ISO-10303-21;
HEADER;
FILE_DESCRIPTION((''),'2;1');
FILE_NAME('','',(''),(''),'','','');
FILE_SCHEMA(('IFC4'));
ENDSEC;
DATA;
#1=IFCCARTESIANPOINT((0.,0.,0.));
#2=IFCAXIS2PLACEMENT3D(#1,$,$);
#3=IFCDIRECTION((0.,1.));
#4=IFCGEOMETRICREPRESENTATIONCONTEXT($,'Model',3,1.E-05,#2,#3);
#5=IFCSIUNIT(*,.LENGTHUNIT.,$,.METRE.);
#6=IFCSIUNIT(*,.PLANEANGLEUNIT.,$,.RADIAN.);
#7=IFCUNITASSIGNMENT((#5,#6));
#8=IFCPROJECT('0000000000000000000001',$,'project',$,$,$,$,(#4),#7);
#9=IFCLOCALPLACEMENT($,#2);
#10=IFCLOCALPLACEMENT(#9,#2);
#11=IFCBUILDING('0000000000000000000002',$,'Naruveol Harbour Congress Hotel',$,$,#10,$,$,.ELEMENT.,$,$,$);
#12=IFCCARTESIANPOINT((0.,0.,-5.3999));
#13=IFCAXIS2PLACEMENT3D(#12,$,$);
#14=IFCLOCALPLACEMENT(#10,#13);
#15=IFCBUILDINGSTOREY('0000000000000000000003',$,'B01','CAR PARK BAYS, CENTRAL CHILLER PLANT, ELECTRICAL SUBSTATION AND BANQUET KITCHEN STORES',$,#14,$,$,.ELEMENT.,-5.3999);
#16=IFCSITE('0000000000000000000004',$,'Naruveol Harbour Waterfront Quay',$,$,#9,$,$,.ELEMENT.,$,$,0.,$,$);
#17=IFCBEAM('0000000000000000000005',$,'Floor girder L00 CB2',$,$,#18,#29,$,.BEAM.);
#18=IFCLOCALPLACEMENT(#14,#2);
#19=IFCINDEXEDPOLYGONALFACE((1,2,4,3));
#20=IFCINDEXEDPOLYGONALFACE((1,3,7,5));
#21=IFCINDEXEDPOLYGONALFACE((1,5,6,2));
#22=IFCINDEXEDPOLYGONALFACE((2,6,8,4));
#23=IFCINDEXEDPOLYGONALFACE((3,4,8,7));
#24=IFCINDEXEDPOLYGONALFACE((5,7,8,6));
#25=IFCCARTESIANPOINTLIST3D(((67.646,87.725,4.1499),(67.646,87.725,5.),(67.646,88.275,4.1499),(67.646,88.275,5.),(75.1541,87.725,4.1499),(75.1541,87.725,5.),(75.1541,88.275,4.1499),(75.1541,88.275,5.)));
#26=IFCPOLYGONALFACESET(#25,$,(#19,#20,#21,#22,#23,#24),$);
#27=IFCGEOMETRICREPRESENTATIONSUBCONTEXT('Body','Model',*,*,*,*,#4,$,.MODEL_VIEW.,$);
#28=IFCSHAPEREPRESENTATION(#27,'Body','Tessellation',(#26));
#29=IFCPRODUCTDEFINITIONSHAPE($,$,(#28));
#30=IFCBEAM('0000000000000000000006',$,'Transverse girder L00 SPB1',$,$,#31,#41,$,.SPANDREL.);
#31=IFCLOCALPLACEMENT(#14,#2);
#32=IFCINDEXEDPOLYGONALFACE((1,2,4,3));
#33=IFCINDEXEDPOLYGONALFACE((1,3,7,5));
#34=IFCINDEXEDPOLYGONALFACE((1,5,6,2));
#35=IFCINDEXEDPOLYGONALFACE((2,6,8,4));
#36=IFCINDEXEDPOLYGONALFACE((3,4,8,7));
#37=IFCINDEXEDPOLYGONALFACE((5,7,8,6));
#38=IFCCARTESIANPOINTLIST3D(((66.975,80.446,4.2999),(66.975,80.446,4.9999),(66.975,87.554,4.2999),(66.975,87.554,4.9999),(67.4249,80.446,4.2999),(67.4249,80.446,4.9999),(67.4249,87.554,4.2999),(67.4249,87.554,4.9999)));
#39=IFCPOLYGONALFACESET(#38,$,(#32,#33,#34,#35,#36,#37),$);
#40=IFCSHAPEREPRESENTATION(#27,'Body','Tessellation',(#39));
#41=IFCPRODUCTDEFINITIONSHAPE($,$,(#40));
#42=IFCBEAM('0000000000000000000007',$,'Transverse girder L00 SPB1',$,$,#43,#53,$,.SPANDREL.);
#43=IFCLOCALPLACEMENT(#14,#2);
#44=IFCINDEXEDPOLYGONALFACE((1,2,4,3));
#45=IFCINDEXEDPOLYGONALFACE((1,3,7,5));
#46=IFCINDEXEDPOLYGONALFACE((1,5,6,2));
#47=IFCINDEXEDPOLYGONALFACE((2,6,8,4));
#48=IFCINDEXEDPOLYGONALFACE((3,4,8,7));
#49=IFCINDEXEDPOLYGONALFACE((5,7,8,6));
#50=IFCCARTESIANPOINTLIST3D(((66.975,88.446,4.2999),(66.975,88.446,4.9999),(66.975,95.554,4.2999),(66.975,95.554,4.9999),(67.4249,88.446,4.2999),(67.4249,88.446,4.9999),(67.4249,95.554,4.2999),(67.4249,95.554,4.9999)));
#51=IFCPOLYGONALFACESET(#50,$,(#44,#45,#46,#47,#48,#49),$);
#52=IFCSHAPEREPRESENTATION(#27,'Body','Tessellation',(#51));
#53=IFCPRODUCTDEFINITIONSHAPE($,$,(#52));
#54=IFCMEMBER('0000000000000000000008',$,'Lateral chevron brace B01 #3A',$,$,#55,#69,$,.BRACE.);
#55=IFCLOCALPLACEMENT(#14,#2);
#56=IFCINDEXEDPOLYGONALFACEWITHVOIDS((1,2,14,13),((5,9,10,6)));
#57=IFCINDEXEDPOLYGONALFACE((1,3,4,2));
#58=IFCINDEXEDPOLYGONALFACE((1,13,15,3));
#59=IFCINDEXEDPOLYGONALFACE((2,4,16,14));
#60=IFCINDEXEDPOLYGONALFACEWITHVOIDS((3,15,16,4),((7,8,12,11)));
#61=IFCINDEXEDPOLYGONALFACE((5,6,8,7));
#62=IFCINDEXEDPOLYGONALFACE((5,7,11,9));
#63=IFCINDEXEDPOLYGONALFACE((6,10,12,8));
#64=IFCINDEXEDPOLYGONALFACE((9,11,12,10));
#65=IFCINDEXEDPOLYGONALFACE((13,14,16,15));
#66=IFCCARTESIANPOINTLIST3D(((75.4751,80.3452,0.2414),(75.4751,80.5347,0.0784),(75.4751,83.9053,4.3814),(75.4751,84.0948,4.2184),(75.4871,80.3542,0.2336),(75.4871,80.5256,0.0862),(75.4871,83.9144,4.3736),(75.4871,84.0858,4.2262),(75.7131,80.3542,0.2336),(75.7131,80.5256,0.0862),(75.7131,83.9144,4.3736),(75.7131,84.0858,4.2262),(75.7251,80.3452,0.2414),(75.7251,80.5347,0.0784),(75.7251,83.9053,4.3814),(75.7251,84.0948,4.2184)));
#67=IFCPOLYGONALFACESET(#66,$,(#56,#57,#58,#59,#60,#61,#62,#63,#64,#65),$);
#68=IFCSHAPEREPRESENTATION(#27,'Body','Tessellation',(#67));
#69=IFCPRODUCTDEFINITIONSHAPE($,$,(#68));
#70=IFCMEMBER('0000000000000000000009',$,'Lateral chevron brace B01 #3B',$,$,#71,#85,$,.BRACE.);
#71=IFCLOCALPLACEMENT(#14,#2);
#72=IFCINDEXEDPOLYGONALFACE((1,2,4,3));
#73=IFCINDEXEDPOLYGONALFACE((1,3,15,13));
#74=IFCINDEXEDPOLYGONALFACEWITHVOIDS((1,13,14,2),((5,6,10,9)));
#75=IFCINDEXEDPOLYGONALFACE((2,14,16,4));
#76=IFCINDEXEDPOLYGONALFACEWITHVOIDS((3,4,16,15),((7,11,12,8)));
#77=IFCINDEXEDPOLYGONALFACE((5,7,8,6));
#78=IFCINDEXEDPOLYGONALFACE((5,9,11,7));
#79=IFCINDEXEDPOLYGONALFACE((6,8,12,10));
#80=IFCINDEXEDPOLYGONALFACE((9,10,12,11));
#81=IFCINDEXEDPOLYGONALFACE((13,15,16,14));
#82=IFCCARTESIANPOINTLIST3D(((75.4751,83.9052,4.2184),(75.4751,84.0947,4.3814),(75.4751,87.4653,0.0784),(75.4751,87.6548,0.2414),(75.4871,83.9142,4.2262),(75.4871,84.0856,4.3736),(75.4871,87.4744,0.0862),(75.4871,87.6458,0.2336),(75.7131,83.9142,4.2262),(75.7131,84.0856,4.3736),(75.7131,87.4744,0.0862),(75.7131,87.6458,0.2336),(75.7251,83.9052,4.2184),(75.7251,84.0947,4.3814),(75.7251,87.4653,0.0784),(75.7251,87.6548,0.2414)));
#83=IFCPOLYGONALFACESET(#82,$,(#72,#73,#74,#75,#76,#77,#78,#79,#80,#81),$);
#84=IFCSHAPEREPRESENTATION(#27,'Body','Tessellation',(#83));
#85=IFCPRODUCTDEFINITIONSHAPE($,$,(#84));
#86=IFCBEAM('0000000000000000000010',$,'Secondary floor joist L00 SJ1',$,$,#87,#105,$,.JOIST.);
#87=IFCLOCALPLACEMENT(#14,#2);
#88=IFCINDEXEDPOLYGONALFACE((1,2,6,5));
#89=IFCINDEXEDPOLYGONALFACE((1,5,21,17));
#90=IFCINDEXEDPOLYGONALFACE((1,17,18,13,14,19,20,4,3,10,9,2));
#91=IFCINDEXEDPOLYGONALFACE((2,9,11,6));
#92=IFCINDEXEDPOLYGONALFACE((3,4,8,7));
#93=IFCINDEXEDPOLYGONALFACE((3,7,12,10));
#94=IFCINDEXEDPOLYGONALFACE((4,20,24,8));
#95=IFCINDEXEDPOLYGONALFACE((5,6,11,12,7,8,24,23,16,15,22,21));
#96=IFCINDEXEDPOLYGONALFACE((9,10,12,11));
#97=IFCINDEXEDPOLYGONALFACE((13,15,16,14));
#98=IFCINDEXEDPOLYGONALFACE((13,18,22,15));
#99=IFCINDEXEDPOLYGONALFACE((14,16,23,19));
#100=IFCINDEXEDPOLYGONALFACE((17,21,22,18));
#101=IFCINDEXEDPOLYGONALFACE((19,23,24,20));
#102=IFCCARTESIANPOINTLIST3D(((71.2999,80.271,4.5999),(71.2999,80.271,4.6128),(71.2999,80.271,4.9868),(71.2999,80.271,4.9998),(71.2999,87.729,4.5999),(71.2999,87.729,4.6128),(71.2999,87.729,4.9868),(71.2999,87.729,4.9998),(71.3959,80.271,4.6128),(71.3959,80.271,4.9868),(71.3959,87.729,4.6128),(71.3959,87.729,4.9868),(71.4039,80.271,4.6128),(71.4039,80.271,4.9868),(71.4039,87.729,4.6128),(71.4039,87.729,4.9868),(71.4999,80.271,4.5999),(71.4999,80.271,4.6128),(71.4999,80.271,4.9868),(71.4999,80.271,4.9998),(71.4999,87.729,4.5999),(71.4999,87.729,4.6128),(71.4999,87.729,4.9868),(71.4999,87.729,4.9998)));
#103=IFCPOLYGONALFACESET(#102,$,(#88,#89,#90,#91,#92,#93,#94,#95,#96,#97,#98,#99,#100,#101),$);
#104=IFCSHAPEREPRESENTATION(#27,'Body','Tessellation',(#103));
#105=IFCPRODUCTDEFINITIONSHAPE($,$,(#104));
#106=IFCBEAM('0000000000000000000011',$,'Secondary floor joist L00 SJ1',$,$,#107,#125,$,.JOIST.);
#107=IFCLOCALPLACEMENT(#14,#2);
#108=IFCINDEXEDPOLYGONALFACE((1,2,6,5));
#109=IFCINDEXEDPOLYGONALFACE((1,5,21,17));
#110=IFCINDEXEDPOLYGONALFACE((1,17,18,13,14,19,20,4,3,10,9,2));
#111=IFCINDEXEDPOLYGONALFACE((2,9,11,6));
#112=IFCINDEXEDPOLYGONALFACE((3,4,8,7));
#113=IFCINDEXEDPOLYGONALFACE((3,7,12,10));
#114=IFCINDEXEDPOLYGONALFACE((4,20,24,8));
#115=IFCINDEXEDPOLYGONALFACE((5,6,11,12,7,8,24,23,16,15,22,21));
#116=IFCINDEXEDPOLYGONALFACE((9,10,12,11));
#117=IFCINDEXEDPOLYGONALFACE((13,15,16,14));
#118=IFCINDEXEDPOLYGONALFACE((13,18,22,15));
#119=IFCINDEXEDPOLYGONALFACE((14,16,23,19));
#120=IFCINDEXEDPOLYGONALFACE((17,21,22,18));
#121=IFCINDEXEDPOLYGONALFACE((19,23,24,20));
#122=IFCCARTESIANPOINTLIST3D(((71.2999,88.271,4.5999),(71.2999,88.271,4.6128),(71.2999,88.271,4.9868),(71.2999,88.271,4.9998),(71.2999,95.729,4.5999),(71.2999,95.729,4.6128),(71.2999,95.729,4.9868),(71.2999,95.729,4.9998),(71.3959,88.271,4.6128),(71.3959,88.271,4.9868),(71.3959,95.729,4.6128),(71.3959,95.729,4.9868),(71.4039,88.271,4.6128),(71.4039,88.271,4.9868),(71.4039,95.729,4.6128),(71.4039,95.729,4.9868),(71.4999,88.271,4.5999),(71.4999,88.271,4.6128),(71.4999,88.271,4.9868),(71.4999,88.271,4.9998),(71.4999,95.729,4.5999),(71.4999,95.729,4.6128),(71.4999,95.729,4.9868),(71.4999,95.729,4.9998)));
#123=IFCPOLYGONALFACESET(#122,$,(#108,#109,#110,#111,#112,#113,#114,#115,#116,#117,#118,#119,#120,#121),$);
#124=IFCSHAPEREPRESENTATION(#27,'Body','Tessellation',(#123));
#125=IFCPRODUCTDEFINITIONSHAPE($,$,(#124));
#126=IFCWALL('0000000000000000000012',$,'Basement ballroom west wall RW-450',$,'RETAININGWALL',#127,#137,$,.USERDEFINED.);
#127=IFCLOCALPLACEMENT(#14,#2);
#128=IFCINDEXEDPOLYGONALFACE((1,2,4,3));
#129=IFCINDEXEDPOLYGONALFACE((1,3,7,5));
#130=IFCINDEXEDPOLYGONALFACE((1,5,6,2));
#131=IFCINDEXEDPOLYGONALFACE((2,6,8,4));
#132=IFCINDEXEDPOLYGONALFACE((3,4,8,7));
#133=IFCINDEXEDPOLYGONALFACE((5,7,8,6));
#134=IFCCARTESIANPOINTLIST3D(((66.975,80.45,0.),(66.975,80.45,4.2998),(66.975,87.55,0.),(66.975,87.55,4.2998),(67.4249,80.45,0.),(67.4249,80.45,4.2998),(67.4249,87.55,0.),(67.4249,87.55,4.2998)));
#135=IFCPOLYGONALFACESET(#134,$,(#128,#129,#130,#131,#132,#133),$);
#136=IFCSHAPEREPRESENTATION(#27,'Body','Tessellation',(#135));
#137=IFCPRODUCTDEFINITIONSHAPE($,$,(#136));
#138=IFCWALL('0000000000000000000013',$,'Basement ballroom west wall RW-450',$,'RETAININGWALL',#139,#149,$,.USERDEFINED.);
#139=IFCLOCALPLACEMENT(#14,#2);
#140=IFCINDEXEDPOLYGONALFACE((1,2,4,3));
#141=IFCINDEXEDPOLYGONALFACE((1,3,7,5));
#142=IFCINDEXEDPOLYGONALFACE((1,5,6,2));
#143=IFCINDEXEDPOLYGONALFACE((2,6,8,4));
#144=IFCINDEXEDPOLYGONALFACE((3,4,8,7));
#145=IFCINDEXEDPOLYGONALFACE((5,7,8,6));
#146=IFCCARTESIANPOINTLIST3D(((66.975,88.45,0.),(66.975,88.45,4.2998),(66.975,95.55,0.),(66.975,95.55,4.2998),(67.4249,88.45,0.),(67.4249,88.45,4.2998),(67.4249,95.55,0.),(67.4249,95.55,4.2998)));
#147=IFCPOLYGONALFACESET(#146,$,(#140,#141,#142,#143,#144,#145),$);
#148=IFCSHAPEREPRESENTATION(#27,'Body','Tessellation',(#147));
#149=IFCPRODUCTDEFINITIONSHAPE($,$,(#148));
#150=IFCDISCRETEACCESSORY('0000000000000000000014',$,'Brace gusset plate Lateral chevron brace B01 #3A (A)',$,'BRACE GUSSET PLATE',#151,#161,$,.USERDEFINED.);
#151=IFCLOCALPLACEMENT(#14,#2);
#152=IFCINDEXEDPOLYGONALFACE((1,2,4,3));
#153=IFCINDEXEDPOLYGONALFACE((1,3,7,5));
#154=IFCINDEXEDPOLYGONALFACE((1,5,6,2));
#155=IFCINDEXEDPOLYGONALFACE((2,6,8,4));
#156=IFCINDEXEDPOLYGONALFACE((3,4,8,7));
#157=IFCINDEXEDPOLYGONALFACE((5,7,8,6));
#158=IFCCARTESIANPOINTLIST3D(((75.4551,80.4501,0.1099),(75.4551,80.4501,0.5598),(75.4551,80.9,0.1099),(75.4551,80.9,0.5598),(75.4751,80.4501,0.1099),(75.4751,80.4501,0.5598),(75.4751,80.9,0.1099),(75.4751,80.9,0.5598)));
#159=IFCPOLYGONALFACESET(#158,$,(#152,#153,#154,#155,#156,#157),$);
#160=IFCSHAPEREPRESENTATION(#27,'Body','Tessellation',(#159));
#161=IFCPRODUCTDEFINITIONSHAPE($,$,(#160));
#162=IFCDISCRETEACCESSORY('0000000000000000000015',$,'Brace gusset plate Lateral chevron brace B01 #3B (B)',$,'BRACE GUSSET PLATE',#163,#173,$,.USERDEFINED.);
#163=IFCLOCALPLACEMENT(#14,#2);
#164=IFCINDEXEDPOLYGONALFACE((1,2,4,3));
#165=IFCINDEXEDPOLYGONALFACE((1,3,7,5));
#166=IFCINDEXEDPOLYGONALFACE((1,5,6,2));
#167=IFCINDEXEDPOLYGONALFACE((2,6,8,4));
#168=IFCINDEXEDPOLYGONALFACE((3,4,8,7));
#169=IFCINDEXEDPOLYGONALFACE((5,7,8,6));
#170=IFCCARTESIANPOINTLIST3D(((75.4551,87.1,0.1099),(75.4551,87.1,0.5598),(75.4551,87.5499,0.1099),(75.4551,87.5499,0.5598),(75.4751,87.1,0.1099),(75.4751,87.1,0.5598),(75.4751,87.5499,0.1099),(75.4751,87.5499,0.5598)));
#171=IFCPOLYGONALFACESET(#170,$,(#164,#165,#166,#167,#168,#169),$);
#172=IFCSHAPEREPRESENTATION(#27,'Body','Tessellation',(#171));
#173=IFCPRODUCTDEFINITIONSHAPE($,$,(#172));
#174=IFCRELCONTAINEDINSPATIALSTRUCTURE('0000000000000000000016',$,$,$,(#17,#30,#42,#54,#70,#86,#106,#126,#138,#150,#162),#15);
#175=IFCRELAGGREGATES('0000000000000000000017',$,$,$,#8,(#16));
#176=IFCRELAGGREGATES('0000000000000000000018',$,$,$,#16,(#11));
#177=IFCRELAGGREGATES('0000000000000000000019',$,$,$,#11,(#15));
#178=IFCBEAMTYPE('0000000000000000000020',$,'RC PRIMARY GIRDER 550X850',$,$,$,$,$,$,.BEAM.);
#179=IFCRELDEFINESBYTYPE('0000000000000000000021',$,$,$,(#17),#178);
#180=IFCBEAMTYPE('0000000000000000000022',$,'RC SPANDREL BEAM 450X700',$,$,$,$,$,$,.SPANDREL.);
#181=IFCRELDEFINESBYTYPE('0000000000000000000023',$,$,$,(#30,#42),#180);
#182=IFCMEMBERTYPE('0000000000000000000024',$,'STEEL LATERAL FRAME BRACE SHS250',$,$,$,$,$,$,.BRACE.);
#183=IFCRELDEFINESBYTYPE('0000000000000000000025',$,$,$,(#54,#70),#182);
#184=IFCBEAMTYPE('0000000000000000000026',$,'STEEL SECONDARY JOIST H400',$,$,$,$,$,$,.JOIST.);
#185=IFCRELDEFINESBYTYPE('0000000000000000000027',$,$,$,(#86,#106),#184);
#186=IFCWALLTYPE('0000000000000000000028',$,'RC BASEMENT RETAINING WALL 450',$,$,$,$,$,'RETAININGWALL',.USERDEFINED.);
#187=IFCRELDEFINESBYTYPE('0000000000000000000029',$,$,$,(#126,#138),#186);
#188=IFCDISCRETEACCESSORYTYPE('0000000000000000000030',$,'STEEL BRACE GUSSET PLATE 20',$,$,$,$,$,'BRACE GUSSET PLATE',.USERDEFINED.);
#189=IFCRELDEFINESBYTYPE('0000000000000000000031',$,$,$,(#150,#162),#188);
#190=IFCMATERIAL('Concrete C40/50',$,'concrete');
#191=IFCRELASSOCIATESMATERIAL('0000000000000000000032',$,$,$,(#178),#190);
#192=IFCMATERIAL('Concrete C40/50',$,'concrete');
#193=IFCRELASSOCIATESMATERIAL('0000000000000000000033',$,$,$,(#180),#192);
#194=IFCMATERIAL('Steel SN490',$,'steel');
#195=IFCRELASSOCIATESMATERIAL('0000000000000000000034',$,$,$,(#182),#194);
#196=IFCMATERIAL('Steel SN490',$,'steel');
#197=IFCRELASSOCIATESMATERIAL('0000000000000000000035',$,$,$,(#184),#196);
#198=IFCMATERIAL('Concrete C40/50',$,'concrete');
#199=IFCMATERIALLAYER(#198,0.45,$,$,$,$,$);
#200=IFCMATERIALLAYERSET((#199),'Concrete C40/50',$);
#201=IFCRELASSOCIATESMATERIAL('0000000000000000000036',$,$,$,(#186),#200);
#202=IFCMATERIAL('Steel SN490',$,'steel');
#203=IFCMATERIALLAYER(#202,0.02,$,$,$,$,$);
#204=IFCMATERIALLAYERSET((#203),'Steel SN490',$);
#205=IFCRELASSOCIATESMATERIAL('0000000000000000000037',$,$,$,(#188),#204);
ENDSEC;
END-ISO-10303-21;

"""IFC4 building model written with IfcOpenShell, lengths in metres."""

from ifc_helpers import new_model, si_unit, direction, frame, frame_2d, origin, origin_2d, place, context, subcontext, project, spatial, rectangle, hollow_rectangle, i_section, extrude, material, layer, layer_set, material_profile, profile_set, type_object, element, save


model = new_model("IFC4")

# Units and contexts
model_context = context("Model", 3, precision=1e-05, world=origin(), true_north=direction((0.0, 1.0)))
body_context = subcontext(model_context, "Body", "Model", "MODEL_VIEW")
ifc_project = project(units=[si_unit("LENGTHUNIT", "METRE"), si_unit("PLANEANGLEUNIT", "RADIAN")], contexts=[model_context])

# Site, building, storey
site_placement = place(None, origin())
site = spatial("IfcSite", under=ifc_project, at=site_placement, Name="Naruveol Harbour Waterfront Quay", CompositionType="ELEMENT", RefElevation=0.0)
building_placement = place(site_placement, origin())
building = spatial("IfcBuilding", under=site, at=building_placement, Name="Naruveol Harbour Congress Hotel", CompositionType="ELEMENT")
storey_placement = place(building_placement, frame((0.0, 0.0, -5.3999)))
storey = spatial("IfcBuildingStorey", under=building, at=storey_placement, Name="B01", Description="CAR PARK BAYS, CENTRAL CHILLER PLANT, ELECTRICAL SUBSTATION AND BANQUET KITCHEN STORES", CompositionType="ELEMENT", Elevation=-5.3999)

# Beams
ifc_material_1 = material(Name="Concrete C40/50", Category="concrete")
ifc_material_profile_1 = material_profile(ifc_material_1, rectangle(XDim=0.55, YDim=0.8501, at=origin_2d()), Name="RCB-550x850")
ifc_profile_set_1 = profile_set([ifc_material_profile_1], Name="Concrete C40/50")
beam_type_1 = type_object("IfcBeamType", Name="RC PRIMARY GIRDER 550X850", PredefinedType="BEAM", material=ifc_profile_set_1)
beam_placement = place(storey_placement, frame((67.646, 88.0, 4.575), z_axis=(1.0, 0.0, 0.0), x_axis=(0.0, 1.0, 0.0)))
element("IfcBeam", 1, at=beam_placement, inside=storey, type_object=beam_type_1, Name="Floor girder L00 CB2", PredefinedType="BEAM", context=body_context, shape_type="SweptSolid", body=[
    extrude(rectangle(XDim=0.55, YDim=0.8501, at=origin_2d()), origin(), (0.0, 0.0, 1.0), 7.5081),
])
ifc_material_2 = material(Name="Concrete C40/50", Category="concrete")
ifc_material_profile_2 = material_profile(ifc_material_2, rectangle(XDim=0.45, YDim=0.7, at=origin_2d()), Name="RCB-450x700")
ifc_profile_set_2 = profile_set([ifc_material_profile_2], Name="Concrete C40/50")
beam_type_2 = type_object("IfcBeamType", Name="RC SPANDREL BEAM 450X700", PredefinedType="SPANDREL", material=ifc_profile_set_2)
for number, where, z_axis, x_axis, name in (
    (2, (67.2, 80.446, 4.6499), (0.0, 1.0, 0.0), (-1.0, 0.0, 0.0), "Transverse girder L00 SPB1"),
    (3, (67.2, 88.446, 4.6499), (0.0, 1.0, 0.0), (-1.0, 0.0, 0.0), "Transverse girder L00 SPB1"),
):
    element("IfcBeam", number, at=place(storey_placement, frame(where, z_axis=z_axis, x_axis=x_axis)), inside=storey, type_object=beam_type_2, Name=name, PredefinedType="SPANDREL", context=body_context, shape_type="SweptSolid", body=[
        extrude(rectangle(XDim=0.45, YDim=0.7, at=origin_2d()), origin(), (0.0, 0.0, 1.0), 7.1079),
    ])

# Members
ifc_material_3 = material(Name="Steel SN490", Category="steel")
ifc_material_profile_3 = material_profile(ifc_material_3, hollow_rectangle(XDim=0.25, YDim=0.25, WallThickness=0.012, at=origin_2d()), Name="SHS-250x250x12")
ifc_profile_set_3 = profile_set([ifc_material_profile_3], Name="Steel SN490")
member_type = type_object("IfcMemberType", Name="STEEL LATERAL FRAME BRACE SHS250", PredefinedType="BRACE", material=ifc_profile_set_3)
for number, where, z_axis, x_axis, name in (
    (4, (75.6001, 80.4399, 0.1599), (0.0, 0.652013, 0.758208), (-1.0, 0.0, 0.0), "Lateral chevron brace B01 #3A"),
    (5, (75.6001, 87.5601, 0.1599), (0.0, -0.652013, 0.758208), (1.0, 0.0, 0.0), "Lateral chevron brace B01 #3B"),
):
    element("IfcMember", number, at=place(storey_placement, frame(where, z_axis=z_axis, x_axis=x_axis)), inside=storey, type_object=member_type, Name=name, PredefinedType="BRACE", context=body_context, shape_type="SweptSolid", body=[
        extrude(hollow_rectangle(XDim=0.25, YDim=0.25, WallThickness=0.012, at=origin_2d()), origin(), (0.0, 0.0, 1.0), 5.4602),
    ])

# Beams
ifc_material_4 = material(Name="Steel SN490", Category="steel")
ifc_material_profile_4 = material_profile(ifc_material_4, i_section(OverallWidth=0.2, OverallDepth=0.3999, WebThickness=0.0081, FlangeThickness=0.0129, at=origin_2d()), Name="H-400x200x8x13")
ifc_profile_set_4 = profile_set([ifc_material_profile_4], Name="Steel SN490")
beam_type_3 = type_object("IfcBeamType", Name="STEEL SECONDARY JOIST H400", PredefinedType="JOIST", material=ifc_profile_set_4)
for number, where, z_axis, x_axis, name in (
    (6, (71.3999, 80.271, 4.7998), (0.0, 1.0, 0.0), (-1.0, 0.0, 0.0), "Secondary floor joist L00 SJ1"),
    (7, (71.3999, 88.271, 4.7998), (0.0, 1.0, 0.0), (-1.0, 0.0, 0.0), "Secondary floor joist L00 SJ1"),
):
    element("IfcBeam", number, at=place(storey_placement, frame(where, z_axis=z_axis, x_axis=x_axis)), inside=storey, type_object=beam_type_3, Name=name, PredefinedType="JOIST", context=body_context, shape_type="SweptSolid", body=[
        extrude(i_section(OverallWidth=0.2, OverallDepth=0.3999, WebThickness=0.0081, FlangeThickness=0.0129, at=origin_2d()), origin(), (0.0, 0.0, 1.0), 7.458),
    ])

# Walls
ifc_material_5 = material(Name="Concrete C40/50", Category="concrete")
ifc_layer_1 = layer(ifc_material_5, 0.45)
ifc_layer_set_1 = layer_set([ifc_layer_1], Name="Concrete C40/50")
wall_type = type_object("IfcWallType", Name="RC BASEMENT RETAINING WALL 450", ElementType="RETAININGWALL", PredefinedType="USERDEFINED", material=ifc_layer_set_1)
for number, where, z_axis, x_axis, name in (
    (8, (67.2, 80.45, 0.0), (0.0, 0.0, 1.0), (0.0, 1.0, 0.0), "Basement ballroom west wall RW-450"),
    (9, (67.2, 88.45, 0.0), (0.0, 0.0, 1.0), (0.0, 1.0, 0.0), "Basement ballroom west wall RW-450"),
):
    element("IfcWall", number, at=place(storey_placement, frame(where, z_axis=z_axis, x_axis=x_axis)), inside=storey, type_object=wall_type, Name=name, ObjectType="RETAININGWALL", PredefinedType="USERDEFINED", context=body_context, shape_type="SweptSolid", body=[
        extrude(rectangle(XDim=7.1001, YDim=0.45, at=frame_2d((3.55, 0.0))), origin(), (0.0, 0.0, 1.0), 4.2998),
    ])

# Discrete accessories
ifc_material_6 = material(Name="Steel SN490", Category="steel")
ifc_layer_2 = layer(ifc_material_6, 0.02)
ifc_layer_set_2 = layer_set([ifc_layer_2], Name="Steel SN490")
discrete_accessory_type = type_object("IfcDiscreteAccessoryType", Name="STEEL BRACE GUSSET PLATE 20", ElementType="BRACE GUSSET PLATE", PredefinedType="USERDEFINED", material=ifc_layer_set_2)
for number, where, z_axis, x_axis, name in (
    (10, (75.4651, 80.675, 0.1099), (0.0, 0.0, 1.0), (0.0, 1.0, 0.0), "Brace gusset plate Lateral chevron brace B01 #3A (A)"),
    (11, (75.4651, 87.325, 0.1099), (0.0, 0.0, 1.0), (0.0, -1.0, 0.0), "Brace gusset plate Lateral chevron brace B01 #3B (B)"),
):
    element("IfcDiscreteAccessory", number, at=place(storey_placement, frame(where, z_axis=z_axis, x_axis=x_axis)), inside=storey, type_object=discrete_accessory_type, Name=name, ObjectType="BRACE GUSSET PLATE", PredefinedType="USERDEFINED", context=body_context, shape_type="SweptSolid", body=[
        extrude(rectangle(XDim=0.45, YDim=0.02, at=origin_2d()), origin(), (0.0, 0.0, 1.0), 0.45),
    ])

save(model, "model.ifc")
